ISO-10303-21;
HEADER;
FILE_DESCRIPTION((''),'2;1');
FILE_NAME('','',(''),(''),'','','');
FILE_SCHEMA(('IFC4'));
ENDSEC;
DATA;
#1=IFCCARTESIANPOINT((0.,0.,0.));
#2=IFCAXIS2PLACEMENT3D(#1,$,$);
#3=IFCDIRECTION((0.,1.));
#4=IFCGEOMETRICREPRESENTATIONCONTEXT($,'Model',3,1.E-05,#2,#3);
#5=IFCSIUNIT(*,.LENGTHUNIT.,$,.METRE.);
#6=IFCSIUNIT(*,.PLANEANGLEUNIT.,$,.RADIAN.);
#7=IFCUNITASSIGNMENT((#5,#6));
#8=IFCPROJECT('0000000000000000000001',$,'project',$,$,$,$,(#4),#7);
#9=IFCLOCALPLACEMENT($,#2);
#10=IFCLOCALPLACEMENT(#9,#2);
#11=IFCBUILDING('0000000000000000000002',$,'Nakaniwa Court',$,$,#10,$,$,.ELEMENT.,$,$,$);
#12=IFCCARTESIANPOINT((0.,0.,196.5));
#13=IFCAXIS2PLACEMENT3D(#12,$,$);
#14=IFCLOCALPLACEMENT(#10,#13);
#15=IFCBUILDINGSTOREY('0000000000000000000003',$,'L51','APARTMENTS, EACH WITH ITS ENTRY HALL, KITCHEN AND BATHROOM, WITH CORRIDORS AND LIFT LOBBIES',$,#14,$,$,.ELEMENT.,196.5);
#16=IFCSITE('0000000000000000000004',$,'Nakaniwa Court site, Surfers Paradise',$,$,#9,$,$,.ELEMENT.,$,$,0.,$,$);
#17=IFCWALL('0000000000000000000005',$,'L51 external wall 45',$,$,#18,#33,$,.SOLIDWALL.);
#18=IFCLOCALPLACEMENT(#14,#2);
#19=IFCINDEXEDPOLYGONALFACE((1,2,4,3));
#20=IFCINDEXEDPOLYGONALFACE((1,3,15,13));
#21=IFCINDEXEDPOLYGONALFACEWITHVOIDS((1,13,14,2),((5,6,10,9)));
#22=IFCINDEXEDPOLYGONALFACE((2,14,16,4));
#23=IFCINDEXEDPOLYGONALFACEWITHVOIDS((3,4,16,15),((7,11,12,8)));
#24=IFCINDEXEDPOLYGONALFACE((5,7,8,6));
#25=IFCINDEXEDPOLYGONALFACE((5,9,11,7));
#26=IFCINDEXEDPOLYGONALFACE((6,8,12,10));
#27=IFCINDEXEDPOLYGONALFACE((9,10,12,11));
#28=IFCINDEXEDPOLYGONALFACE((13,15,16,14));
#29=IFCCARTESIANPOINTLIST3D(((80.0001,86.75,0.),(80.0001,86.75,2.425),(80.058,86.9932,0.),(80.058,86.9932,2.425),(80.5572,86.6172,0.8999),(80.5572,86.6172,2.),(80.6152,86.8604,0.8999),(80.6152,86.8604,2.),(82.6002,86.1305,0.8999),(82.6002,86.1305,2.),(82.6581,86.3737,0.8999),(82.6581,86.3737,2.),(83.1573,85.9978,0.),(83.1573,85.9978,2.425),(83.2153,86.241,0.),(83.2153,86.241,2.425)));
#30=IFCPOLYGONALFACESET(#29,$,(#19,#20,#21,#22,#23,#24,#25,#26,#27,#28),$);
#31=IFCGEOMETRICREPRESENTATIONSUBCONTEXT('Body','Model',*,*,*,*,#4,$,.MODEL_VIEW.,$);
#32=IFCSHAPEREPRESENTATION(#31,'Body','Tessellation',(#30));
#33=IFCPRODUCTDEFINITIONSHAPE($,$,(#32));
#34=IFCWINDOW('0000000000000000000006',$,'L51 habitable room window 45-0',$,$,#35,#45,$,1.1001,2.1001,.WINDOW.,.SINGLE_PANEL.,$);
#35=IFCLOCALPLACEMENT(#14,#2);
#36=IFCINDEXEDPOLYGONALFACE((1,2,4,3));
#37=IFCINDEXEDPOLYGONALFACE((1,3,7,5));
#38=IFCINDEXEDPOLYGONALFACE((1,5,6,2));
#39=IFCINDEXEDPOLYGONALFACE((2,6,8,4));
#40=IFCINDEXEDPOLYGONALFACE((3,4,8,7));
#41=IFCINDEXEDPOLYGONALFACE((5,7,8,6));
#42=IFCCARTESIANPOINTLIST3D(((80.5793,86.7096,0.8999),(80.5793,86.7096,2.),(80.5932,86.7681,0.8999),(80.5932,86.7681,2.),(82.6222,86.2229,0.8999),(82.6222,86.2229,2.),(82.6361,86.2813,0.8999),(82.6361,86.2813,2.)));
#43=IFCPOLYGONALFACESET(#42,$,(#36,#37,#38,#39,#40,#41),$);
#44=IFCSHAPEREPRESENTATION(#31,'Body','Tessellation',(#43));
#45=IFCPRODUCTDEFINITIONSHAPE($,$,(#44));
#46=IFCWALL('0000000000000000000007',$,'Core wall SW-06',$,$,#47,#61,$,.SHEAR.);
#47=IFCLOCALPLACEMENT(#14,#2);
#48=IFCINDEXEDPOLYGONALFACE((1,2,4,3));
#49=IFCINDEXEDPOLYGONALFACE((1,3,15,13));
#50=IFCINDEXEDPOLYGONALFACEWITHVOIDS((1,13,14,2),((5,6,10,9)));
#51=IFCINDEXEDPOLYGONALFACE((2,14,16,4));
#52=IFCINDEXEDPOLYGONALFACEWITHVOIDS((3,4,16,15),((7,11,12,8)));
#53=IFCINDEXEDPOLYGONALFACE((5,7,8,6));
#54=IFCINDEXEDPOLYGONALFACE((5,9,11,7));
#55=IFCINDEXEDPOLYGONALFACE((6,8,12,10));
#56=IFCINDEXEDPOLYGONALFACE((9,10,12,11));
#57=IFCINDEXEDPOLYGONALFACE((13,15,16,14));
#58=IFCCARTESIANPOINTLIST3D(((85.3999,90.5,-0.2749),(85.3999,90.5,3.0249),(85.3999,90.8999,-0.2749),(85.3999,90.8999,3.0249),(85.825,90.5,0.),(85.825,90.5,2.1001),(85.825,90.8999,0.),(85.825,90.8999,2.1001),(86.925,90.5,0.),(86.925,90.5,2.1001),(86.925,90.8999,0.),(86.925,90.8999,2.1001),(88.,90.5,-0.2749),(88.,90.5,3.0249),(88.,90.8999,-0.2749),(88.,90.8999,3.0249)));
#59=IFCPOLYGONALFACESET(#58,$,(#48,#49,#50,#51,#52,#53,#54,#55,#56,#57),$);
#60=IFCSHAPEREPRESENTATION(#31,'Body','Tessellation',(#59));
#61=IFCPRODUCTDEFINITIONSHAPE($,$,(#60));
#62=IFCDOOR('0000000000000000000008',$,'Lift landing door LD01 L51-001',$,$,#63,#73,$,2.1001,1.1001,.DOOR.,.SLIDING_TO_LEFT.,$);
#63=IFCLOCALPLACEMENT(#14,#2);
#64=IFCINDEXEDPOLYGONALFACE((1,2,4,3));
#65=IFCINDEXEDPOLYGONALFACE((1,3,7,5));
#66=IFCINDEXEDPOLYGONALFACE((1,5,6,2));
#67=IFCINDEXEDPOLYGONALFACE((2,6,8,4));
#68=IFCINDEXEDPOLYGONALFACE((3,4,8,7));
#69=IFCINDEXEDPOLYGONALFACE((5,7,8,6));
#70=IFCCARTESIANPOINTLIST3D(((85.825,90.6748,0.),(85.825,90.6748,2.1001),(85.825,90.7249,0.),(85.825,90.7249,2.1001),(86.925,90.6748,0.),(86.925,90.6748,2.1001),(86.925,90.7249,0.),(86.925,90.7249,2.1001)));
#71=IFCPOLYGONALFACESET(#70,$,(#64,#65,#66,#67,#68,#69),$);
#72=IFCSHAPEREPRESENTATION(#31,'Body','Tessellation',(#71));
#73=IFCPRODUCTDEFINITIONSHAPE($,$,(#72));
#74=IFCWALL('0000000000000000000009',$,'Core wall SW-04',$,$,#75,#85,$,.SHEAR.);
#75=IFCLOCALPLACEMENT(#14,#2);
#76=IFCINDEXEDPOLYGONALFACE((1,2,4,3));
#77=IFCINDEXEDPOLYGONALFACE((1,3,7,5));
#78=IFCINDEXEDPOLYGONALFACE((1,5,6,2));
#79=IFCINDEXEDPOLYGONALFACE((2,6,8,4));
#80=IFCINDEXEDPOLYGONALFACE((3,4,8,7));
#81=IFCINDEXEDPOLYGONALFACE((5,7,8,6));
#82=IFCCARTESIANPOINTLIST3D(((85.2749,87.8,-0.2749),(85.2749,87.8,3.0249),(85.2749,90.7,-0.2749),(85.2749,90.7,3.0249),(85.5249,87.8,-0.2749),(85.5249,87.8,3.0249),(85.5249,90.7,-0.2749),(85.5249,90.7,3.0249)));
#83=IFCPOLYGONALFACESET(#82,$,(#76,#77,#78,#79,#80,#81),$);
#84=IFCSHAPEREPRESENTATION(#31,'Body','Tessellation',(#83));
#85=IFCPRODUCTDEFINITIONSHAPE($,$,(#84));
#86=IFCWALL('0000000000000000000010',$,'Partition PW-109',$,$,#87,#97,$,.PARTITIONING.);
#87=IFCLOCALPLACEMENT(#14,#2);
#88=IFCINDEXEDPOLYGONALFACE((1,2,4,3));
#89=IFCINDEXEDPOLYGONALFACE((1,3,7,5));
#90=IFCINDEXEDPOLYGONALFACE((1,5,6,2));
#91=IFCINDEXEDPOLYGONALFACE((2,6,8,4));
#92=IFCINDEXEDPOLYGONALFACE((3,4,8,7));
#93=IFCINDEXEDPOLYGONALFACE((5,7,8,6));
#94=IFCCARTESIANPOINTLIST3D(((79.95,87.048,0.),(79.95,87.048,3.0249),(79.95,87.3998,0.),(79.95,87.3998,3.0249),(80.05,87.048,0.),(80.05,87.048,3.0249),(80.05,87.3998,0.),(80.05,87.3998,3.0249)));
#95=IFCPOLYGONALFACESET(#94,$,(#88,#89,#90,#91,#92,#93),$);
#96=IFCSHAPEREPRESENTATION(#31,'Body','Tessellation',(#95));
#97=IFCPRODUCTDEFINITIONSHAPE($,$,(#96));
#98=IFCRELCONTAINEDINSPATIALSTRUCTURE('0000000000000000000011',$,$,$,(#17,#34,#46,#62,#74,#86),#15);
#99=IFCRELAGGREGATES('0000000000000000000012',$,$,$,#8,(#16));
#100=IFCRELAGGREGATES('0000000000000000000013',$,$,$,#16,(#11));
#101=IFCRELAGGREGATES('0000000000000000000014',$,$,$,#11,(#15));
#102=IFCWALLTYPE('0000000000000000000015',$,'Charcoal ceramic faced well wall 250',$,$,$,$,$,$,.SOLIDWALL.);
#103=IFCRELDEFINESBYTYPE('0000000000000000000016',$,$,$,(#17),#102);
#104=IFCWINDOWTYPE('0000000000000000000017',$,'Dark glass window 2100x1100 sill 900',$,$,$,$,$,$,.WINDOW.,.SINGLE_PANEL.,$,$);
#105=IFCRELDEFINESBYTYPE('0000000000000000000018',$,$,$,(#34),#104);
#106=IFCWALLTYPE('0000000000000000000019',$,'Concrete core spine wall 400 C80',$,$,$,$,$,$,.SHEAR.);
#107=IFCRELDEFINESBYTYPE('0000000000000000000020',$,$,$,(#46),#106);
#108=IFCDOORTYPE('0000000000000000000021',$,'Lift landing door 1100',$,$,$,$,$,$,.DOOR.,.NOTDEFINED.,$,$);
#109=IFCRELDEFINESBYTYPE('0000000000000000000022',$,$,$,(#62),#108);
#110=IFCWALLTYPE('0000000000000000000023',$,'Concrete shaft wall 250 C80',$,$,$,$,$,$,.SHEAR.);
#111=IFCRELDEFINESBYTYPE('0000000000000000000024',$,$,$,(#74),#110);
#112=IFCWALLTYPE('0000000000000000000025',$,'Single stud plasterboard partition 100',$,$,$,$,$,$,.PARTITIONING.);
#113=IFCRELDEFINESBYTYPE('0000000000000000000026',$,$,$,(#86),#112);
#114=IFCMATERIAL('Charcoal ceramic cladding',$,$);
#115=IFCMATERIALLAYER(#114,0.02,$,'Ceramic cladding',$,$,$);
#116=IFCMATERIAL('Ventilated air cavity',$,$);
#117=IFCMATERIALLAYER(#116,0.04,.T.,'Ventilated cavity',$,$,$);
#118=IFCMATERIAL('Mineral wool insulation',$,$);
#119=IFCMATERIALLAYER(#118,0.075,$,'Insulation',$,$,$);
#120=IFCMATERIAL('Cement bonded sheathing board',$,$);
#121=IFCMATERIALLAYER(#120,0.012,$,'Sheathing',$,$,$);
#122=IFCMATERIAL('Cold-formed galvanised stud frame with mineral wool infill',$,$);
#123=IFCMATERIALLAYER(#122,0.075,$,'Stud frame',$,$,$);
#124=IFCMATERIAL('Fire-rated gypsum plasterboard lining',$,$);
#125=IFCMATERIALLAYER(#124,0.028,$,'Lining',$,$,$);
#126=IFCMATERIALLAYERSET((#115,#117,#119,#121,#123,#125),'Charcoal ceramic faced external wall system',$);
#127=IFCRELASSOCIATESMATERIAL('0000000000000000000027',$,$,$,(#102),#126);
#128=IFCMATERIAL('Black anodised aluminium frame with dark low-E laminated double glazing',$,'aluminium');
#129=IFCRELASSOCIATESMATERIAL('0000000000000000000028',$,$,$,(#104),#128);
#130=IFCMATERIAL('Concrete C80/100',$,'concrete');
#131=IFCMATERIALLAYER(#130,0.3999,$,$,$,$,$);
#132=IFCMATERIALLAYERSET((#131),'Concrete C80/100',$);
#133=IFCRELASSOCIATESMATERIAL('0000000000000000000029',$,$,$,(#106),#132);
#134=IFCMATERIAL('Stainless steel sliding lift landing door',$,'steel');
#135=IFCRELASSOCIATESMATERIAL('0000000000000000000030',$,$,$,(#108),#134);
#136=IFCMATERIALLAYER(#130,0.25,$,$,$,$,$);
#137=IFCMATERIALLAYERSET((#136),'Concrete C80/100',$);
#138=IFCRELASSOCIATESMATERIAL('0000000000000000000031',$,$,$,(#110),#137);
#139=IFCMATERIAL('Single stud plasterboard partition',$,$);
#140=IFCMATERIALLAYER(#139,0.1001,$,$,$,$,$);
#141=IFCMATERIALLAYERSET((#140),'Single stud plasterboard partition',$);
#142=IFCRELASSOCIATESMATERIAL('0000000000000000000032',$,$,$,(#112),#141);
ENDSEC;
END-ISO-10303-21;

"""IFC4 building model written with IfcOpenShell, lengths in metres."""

from ifc_helpers import new_model, si_unit, direction, frame, frame_2d, origin, place, context, subcontext, project, spatial, rectangle, extrude, material, layer, layer_set, type_object, element, fill, save


model = new_model("IFC4")

# Units and contexts
model_context = context("Model", 3, precision=1e-05, world=origin(), true_north=direction((0.0, 1.0)))
body_context = subcontext(model_context, "Body", "Model", "MODEL_VIEW")
ifc_project = project(units=[si_unit("LENGTHUNIT", "METRE"), si_unit("PLANEANGLEUNIT", "RADIAN")], contexts=[model_context])

# Site, building, storey
site_placement = place(None, origin())
site = spatial("IfcSite", under=ifc_project, at=site_placement, Name="Nakaniwa Court site, Surfers Paradise", CompositionType="ELEMENT", RefElevation=0.0)
building_placement = place(site_placement, origin())
building = spatial("IfcBuilding", under=site, at=building_placement, Name="Nakaniwa Court", CompositionType="ELEMENT")
storey_placement = place(building_placement, frame((0.0, 0.0, 196.5)))
storey = spatial("IfcBuildingStorey", under=building, at=storey_placement, Name="L51", Description="APARTMENTS, EACH WITH ITS ENTRY HALL, KITCHEN AND BATHROOM, WITH CORRIDORS AND LIFT LOBBIES", CompositionType="ELEMENT", Elevation=196.5)

# Shared definitions
ifc_material_1 = material(Name="Concrete C80/100", Category="concrete")

# Wall, opening, window
ifc_material_2 = material(Name="Charcoal ceramic cladding")
ifc_layer_1 = layer(ifc_material_2, 0.02, Name="Ceramic cladding")
ifc_material_3 = material(Name="Ventilated air cavity")
ifc_layer_2 = layer(ifc_material_3, 0.04, ventilated=True, Name="Ventilated cavity")
ifc_material_4 = material(Name="Mineral wool insulation")
ifc_layer_3 = layer(ifc_material_4, 0.075, Name="Insulation")
ifc_material_5 = material(Name="Cement bonded sheathing board")
ifc_layer_4 = layer(ifc_material_5, 0.012, Name="Sheathing")
ifc_material_6 = material(Name="Cold-formed galvanised stud frame with mineral wool infill")
ifc_layer_5 = layer(ifc_material_6, 0.075, Name="Stud frame")
ifc_material_7 = material(Name="Fire-rated gypsum plasterboard lining")
ifc_layer_6 = layer(ifc_material_7, 0.028, Name="Lining")
ifc_layer_set_1 = layer_set([ifc_layer_1, ifc_layer_2, ifc_layer_3, ifc_layer_4, ifc_layer_5, ifc_layer_6], Name="Charcoal ceramic faced external wall system")
wall_type_1 = type_object("IfcWallType", Name="Charcoal ceramic faced well wall 250", PredefinedType="SOLIDWALL", material=ifc_layer_set_1)
wall_1_placement = place(storey_placement, frame((80.0291, 86.8716, 0.0), z_axis=(0.0, 0.0, 1.0), x_axis=(0.972773, -0.23176, 0.0)))
wall_1 = element("IfcWall", 1, at=wall_1_placement, inside=storey, type_object=wall_type_1, Name="L51 external wall 45", PredefinedType="SOLIDWALL", context=body_context, shape_type="SweptSolid", body=[
    extrude(rectangle(XDim=3.2456, YDim=0.25, at=frame_2d((1.6228, 0.0))), origin(), (0.0, 0.0, 1.0), 2.425),
])
opening_1_placement = place(wall_1_placement, frame((0.5728, 0.0, 0.8999)))
opening_1 = element("IfcOpeningElement", 2, at=opening_1_placement, cuts=wall_1, PredefinedType="OPENING", context=body_context, shape_type="SweptSolid", body=[
    extrude(rectangle(XDim=2.1001, YDim=1.1001, at=frame_2d((1.05, 0.55))), frame((0.0, 0.135, 0.0), z_axis=(0.0, -1.0, 0.0), x_axis=(1.0, 0.0, 0.0)), (0.0, 0.0, 1.0), 0.27),
])
ifc_material_8 = material(Name="Black anodised aluminium frame with dark low-E laminated double glazing", Category="aluminium")
window_type = type_object("IfcWindowType", Name="Dark glass window 2100x1100 sill 900", PartitioningType="SINGLE_PANEL", PredefinedType="WINDOW", material=ifc_material_8)
window_placement = place(opening_1_placement, origin())
window = element("IfcWindow", 3, at=window_placement, inside=storey, type_object=window_type, Name="L51 habitable room window 45-0", OverallHeight=1.1001, OverallWidth=2.1001, PartitioningType="SINGLE_PANEL", PredefinedType="WINDOW", context=body_context, shape_type="SweptSolid", body=[
    extrude(rectangle(XDim=2.1001, YDim=1.1001, at=frame_2d((1.05, 0.55))), frame((0.0, 0.03, 0.0), z_axis=(0.0, -1.0, 0.0), x_axis=(1.0, 0.0, 0.0)), (0.0, 0.0, 1.0), 0.0601),
])
fill(opening_1, window)

# Wall, opening, door
ifc_layer_7 = layer(ifc_material_1, 0.3999)
ifc_layer_set_2 = layer_set([ifc_layer_7], Name="Concrete C80/100")
wall_type_2 = type_object("IfcWallType", Name="Concrete core spine wall 400 C80", PredefinedType="SHEAR", material=ifc_layer_set_2)
wall_2_placement = place(storey_placement, frame((85.3999, 90.7, -0.2749), z_axis=(0.0, 0.0, 1.0), x_axis=(1.0, 0.0, 0.0)))
wall_2 = element("IfcWall", 4, at=wall_2_placement, inside=storey, type_object=wall_type_2, Name="Core wall SW-06", PredefinedType="SHEAR", context=body_context, shape_type="SweptSolid", body=[
    extrude(rectangle(XDim=2.6001, YDim=0.3999, at=frame_2d((1.3, 0.0))), origin(), (0.0, 0.0, 1.0), 3.2998),
])
opening_2_placement = place(wall_2_placement, frame((0.425, 0.0, 0.2749)))
opening_2 = element("IfcOpeningElement", 5, at=opening_2_placement, cuts=wall_2, PredefinedType="OPENING", context=body_context, shape_type="SweptSolid", body=[
    extrude(rectangle(XDim=1.1001, YDim=2.1001, at=frame_2d((0.55, 1.05))), frame((0.0, 0.21, 0.0), z_axis=(0.0, -1.0, 0.0), x_axis=(1.0, 0.0, 0.0)), (0.0, 0.0, 1.0), 0.4199),
])
ifc_material_9 = material(Name="Stainless steel sliding lift landing door", Category="steel")
door_type_1 = type_object("IfcDoorType", Name="Lift landing door 1100", OperationType="NOTDEFINED", PredefinedType="DOOR", material=ifc_material_9)
door_1_placement = place(opening_2_placement, origin())
door_1 = element("IfcDoor", 6, at=door_1_placement, inside=storey, type_object=door_type_1, Name="Lift landing door LD01 L51-001", OperationType="SLIDING_TO_LEFT", OverallHeight=2.1001, OverallWidth=1.1001, PredefinedType="DOOR", context=body_context, shape_type="SweptSolid", body=[
    extrude(rectangle(XDim=1.1001, YDim=2.1001, at=frame_2d((0.55, 1.05))), frame((0.0, 0.0249, 0.0), z_axis=(0.0, -1.0, 0.0), x_axis=(1.0, 0.0, 0.0)), (0.0, 0.0, 1.0), 0.05),
])
fill(opening_2, door_1)

# Walls
ifc_layer_8 = layer(ifc_material_1, 0.25)
ifc_layer_set_3 = layer_set([ifc_layer_8], Name="Concrete C80/100")
wall_type_3 = type_object("IfcWallType", Name="Concrete shaft wall 250 C80", PredefinedType="SHEAR", material=ifc_layer_set_3)
wall_3_placement = place(storey_placement, frame((85.3999, 87.8, -0.2749), z_axis=(0.0, 0.0, 1.0), x_axis=(0.0, 1.0, 0.0)))
element("IfcWall", 7, at=wall_3_placement, inside=storey, type_object=wall_type_3, Name="Core wall SW-04", PredefinedType="SHEAR", context=body_context, shape_type="SweptSolid", body=[
    extrude(rectangle(XDim=2.8999, YDim=0.25, at=frame_2d((1.45, 0.0))), origin(), (0.0, 0.0, 1.0), 3.2998),
])
ifc_material_10 = material(Name="Single stud plasterboard partition")
ifc_layer_9 = layer(ifc_material_10, 0.1001)
ifc_layer_set_4 = layer_set([ifc_layer_9], Name="Single stud plasterboard partition")
wall_type_4 = type_object("IfcWallType", Name="Single stud plasterboard partition 100", PredefinedType="PARTITIONING", material=ifc_layer_set_4)
wall_4_placement = place(storey_placement, frame((80.0, 87.0481, 0.0), z_axis=(0.0, 0.0, 1.0), x_axis=(0.0, 1.0, 0.0)))
element("IfcWall", 8, at=wall_4_placement, inside=storey, type_object=wall_type_4, Name="Partition PW-109", PredefinedType="PARTITIONING", context=body_context, shape_type="SweptSolid", body=[
    extrude(rectangle(XDim=0.3518, YDim=0.1001, at=frame_2d((0.1758, 0.0))), origin(), (0.0, 0.0, 1.0), 3.0249),
])

save(model, "model.ifc")
